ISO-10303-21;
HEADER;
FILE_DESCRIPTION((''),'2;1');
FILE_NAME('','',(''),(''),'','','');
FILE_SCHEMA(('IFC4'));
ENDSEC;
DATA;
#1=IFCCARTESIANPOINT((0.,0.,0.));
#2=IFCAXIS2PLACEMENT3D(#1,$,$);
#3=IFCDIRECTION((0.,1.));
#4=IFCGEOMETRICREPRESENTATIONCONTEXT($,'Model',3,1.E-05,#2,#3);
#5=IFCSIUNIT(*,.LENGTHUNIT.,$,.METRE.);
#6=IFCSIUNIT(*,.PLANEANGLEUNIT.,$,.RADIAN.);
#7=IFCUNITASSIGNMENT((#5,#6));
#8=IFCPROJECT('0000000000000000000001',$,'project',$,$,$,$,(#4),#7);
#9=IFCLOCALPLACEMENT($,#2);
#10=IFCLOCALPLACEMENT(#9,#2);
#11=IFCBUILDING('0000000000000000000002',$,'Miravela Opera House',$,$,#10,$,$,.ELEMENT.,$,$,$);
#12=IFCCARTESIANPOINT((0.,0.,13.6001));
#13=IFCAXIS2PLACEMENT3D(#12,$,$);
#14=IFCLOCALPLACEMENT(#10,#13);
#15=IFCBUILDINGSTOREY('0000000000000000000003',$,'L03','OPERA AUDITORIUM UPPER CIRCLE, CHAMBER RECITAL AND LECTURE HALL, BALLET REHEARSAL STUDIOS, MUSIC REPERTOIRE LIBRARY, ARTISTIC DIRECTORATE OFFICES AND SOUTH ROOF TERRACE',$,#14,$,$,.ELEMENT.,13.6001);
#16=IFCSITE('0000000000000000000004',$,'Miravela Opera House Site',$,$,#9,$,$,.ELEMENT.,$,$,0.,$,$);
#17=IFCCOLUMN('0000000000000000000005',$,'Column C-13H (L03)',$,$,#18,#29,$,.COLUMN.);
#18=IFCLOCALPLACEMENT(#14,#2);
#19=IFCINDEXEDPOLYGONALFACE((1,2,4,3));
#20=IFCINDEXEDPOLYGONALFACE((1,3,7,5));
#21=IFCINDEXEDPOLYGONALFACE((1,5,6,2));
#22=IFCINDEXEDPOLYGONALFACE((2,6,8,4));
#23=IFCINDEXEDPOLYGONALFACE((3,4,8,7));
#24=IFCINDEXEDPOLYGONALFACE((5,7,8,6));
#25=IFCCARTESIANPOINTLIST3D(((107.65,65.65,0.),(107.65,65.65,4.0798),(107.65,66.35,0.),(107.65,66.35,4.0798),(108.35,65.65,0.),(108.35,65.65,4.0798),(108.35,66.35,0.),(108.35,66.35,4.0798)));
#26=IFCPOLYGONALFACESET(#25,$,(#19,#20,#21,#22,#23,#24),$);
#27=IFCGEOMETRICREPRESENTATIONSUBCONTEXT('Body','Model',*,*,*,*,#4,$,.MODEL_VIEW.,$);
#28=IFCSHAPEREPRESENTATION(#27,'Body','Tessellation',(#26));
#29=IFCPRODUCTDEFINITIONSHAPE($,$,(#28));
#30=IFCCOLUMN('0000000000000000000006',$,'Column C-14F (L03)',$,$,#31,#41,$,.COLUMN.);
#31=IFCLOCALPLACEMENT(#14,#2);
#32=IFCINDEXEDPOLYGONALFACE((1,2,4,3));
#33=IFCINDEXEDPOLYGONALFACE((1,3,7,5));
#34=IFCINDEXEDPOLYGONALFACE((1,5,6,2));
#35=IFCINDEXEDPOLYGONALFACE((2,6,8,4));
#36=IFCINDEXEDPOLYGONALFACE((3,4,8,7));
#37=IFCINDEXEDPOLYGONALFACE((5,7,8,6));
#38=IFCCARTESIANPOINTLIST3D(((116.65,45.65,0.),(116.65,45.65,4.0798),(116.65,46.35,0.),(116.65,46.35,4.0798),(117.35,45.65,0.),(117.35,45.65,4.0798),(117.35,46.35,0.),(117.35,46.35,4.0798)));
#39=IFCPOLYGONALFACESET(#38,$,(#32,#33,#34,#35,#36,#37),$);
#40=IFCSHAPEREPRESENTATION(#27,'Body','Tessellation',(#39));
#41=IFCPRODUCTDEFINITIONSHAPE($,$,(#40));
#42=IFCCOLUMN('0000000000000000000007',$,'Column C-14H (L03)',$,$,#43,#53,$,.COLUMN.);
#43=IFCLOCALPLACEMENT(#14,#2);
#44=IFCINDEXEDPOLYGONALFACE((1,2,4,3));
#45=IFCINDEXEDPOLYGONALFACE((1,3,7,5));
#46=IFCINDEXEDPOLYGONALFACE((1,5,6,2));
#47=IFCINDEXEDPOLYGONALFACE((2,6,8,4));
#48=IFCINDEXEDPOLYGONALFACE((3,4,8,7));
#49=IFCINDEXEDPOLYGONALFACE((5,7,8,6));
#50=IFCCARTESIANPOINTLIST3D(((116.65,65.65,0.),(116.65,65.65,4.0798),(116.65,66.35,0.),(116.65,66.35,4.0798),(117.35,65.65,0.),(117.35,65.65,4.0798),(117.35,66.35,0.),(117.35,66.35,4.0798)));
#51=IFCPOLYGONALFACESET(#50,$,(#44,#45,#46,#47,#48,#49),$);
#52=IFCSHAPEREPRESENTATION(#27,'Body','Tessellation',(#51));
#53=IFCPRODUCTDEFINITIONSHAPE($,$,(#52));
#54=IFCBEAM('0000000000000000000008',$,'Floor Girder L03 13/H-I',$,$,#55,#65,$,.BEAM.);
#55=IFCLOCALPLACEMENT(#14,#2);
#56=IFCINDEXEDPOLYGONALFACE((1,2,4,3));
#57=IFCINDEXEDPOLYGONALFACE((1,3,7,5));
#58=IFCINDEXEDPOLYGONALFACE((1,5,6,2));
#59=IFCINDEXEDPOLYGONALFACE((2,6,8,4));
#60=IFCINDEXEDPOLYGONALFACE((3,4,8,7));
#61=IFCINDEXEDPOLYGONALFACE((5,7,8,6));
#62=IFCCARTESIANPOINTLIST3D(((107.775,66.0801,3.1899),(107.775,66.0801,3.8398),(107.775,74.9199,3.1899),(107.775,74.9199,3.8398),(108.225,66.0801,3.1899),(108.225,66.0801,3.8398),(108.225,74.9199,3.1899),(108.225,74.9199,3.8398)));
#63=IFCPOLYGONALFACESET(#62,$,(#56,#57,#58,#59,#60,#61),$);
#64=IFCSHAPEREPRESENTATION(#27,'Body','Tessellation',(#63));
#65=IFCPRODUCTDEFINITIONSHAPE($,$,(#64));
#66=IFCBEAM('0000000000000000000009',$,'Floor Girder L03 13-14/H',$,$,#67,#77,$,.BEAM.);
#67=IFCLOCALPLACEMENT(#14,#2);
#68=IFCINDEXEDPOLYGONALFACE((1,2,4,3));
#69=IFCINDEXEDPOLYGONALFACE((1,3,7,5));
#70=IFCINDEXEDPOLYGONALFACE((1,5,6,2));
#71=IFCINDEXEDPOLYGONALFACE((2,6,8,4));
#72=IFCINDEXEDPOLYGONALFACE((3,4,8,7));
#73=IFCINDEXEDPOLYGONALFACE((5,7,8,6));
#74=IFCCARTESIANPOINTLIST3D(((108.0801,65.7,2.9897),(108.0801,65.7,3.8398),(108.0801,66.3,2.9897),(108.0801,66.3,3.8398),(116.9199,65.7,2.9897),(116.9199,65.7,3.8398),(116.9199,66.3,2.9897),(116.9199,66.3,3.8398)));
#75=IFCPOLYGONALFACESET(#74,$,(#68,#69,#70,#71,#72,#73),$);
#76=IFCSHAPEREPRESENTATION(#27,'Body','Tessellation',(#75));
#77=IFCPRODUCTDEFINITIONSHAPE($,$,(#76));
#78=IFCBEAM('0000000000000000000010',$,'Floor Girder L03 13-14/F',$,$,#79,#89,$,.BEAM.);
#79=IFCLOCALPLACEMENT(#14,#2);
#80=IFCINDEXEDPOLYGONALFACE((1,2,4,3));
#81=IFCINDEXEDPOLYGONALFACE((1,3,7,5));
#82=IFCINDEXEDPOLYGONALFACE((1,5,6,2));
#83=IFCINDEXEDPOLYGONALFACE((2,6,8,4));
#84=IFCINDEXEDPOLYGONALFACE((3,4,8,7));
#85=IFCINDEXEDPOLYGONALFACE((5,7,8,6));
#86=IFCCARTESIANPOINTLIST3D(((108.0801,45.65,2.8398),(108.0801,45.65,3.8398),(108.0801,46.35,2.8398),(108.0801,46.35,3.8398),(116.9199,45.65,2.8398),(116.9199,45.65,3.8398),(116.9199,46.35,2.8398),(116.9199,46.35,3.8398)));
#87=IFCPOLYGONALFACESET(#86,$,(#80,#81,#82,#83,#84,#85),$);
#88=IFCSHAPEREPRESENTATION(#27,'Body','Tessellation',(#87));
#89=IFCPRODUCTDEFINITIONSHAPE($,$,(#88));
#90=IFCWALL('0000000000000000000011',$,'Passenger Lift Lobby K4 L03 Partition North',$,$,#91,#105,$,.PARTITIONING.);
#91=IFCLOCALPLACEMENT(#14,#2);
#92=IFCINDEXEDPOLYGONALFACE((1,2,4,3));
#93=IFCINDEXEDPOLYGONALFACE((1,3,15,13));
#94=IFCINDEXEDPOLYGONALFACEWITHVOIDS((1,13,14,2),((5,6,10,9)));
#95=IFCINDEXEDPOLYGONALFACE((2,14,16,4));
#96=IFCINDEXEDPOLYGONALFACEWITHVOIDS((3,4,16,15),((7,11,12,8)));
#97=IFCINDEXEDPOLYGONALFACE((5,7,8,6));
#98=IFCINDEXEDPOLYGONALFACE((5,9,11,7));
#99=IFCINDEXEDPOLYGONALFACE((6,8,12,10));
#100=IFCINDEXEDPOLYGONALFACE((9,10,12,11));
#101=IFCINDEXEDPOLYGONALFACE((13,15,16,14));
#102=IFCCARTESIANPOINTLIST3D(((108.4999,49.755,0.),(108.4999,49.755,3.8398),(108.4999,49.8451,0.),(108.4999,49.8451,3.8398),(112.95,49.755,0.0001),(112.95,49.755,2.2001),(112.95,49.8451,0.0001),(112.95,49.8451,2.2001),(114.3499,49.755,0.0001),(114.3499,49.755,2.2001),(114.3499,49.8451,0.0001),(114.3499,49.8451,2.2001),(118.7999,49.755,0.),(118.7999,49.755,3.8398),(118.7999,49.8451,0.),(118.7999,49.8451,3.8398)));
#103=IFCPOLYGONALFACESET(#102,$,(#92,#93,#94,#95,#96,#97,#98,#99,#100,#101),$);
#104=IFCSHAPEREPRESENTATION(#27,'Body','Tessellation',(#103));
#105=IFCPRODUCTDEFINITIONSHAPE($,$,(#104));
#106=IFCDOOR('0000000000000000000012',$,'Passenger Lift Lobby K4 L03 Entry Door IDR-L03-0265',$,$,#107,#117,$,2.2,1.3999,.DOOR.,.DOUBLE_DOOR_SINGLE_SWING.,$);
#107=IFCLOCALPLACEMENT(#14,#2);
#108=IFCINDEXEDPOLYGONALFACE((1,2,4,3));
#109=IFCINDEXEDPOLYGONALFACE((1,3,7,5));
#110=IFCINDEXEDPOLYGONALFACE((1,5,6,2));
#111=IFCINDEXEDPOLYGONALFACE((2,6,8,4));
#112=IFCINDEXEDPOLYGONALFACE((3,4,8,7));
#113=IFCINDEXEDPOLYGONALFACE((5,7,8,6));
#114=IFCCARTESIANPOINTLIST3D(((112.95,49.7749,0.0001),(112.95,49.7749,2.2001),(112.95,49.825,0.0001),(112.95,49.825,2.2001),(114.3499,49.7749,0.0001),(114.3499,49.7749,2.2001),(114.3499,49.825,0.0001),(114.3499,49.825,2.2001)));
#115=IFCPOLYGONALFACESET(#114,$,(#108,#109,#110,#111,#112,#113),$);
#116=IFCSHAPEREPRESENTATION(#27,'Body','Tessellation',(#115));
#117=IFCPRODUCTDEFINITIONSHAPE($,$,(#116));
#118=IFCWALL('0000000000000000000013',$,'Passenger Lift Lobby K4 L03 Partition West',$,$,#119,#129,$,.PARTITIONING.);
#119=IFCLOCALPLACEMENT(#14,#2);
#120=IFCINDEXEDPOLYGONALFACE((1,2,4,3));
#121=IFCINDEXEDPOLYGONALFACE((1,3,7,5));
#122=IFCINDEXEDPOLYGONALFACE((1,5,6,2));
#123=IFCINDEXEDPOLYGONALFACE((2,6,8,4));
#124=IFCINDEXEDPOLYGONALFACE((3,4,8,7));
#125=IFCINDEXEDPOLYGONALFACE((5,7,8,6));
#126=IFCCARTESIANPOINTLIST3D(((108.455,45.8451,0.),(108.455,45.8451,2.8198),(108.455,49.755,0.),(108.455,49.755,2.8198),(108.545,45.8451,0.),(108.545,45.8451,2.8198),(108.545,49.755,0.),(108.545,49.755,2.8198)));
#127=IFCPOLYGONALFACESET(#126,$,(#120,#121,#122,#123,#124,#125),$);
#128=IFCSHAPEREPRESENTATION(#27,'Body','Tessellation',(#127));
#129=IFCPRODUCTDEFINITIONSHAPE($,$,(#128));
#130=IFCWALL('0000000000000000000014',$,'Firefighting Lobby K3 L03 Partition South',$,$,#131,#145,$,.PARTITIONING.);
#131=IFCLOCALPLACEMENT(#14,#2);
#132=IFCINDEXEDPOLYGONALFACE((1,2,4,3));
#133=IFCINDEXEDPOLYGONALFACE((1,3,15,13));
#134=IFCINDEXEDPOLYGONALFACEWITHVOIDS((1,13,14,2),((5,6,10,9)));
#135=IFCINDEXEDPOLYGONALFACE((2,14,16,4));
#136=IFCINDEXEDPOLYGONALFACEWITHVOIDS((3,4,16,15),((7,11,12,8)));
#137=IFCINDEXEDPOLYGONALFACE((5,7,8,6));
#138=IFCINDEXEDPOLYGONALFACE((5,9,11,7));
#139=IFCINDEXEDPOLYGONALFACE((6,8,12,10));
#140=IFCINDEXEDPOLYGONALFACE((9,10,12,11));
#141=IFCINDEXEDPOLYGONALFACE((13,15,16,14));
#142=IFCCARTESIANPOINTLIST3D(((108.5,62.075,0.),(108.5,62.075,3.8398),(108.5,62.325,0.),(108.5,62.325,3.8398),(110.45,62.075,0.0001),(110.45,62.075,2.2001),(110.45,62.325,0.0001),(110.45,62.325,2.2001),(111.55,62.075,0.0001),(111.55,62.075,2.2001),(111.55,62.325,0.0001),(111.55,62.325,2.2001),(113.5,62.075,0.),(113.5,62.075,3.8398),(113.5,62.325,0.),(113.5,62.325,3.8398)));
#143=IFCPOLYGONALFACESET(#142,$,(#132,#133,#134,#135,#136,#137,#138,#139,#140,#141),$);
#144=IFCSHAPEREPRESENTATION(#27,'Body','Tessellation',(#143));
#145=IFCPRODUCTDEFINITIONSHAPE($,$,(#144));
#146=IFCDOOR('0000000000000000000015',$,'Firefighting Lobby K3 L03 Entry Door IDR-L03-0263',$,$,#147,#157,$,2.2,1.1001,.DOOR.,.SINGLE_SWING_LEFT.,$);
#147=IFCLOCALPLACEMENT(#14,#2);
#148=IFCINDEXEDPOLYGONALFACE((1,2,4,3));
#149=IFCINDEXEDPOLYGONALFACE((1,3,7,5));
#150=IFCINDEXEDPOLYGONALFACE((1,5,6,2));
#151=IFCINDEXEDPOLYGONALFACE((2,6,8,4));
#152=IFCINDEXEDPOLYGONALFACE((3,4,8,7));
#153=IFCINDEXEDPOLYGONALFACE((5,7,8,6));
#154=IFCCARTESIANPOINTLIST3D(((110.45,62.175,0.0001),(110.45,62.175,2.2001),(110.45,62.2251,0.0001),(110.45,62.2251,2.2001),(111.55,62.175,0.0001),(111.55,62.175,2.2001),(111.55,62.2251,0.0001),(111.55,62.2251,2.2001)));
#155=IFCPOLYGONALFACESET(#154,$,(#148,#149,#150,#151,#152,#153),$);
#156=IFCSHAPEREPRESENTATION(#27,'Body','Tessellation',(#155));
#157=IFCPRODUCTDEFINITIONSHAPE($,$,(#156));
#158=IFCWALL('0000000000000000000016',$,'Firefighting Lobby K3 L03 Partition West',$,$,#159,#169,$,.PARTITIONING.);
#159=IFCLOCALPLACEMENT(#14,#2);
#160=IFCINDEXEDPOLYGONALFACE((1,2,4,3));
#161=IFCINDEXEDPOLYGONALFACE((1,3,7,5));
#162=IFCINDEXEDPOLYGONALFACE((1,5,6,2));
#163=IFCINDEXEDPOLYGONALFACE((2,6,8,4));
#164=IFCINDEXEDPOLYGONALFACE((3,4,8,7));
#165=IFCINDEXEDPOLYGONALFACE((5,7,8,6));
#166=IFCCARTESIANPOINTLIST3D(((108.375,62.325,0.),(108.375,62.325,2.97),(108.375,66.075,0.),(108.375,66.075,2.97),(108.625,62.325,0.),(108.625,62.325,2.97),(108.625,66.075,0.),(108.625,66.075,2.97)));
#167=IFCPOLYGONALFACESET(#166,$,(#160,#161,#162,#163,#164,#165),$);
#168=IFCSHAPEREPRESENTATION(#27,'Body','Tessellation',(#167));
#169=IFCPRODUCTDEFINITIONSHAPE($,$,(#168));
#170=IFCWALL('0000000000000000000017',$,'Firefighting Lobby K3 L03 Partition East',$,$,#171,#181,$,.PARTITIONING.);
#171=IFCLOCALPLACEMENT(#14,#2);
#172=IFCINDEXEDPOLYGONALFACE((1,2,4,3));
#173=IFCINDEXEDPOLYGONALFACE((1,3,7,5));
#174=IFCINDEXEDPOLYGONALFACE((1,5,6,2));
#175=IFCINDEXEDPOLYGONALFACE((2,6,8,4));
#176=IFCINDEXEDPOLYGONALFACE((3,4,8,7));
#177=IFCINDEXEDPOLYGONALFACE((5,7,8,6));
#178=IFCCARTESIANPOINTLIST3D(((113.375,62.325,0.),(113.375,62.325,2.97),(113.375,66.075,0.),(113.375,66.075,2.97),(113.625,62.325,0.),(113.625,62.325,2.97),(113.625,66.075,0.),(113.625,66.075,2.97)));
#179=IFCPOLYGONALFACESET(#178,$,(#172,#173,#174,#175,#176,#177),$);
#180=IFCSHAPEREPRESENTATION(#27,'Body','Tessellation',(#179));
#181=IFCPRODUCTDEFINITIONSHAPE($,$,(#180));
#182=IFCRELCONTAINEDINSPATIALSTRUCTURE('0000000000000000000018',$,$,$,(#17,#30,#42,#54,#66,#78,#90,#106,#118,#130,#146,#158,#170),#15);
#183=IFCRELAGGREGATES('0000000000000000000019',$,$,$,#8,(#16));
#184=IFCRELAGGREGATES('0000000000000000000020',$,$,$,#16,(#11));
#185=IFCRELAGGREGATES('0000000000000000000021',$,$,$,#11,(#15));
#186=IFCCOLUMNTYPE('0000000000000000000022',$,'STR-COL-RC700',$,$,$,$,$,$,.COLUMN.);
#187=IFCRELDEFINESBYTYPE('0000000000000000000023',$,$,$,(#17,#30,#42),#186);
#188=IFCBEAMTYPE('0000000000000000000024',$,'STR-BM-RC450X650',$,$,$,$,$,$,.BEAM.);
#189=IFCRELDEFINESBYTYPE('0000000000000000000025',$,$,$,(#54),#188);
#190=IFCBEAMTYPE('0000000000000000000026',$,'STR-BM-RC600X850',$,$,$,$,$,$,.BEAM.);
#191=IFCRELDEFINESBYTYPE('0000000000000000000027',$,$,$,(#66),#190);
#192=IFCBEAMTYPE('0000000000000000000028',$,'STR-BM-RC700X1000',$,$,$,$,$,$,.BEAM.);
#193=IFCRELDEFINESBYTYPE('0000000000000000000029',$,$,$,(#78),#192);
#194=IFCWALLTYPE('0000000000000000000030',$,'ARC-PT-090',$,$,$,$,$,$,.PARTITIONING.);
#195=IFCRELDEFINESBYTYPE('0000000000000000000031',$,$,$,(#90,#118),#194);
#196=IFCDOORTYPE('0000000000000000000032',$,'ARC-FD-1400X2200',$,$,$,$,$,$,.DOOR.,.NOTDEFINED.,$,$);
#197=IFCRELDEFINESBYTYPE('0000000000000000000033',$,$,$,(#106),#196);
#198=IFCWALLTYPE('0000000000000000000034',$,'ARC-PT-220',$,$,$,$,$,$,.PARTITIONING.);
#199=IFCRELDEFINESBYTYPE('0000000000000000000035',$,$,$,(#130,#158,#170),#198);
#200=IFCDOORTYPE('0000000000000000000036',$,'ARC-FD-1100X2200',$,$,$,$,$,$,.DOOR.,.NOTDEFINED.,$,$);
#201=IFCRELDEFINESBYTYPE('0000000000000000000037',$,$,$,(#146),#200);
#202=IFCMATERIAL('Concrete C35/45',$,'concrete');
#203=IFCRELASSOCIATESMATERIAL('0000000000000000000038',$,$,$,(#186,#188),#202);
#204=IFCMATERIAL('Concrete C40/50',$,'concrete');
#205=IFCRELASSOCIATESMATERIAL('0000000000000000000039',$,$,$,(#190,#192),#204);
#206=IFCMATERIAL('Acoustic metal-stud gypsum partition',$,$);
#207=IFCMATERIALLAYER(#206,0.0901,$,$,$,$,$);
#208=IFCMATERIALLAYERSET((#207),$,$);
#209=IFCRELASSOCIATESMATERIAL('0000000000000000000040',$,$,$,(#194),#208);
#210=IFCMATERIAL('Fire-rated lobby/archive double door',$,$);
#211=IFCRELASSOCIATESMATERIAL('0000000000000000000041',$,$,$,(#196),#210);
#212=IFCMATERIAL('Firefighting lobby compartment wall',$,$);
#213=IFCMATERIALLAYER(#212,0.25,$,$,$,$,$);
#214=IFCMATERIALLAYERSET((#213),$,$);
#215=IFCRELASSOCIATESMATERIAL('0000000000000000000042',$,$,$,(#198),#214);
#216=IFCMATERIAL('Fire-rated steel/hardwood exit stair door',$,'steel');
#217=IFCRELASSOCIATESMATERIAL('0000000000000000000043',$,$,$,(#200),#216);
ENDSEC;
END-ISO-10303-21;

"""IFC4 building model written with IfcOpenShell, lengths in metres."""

from ifc_helpers import new_model, si_unit, direction, frame, frame_2d, origin, origin_2d, place, context, subcontext, project, spatial, rectangle, extrude, material, layer, layer_set, material_profile, profile_set, type_object, element, fill, save


model = new_model("IFC4")

# Units and contexts
model_context = context("Model", 3, precision=1e-05, world=origin(), true_north=direction((0.0, 1.0)))
body_context = subcontext(model_context, "Body", "Model", "MODEL_VIEW")
ifc_project = project(units=[si_unit("LENGTHUNIT", "METRE"), si_unit("PLANEANGLEUNIT", "RADIAN")], contexts=[model_context])

# Site, building, storey
site_placement = place(None, origin())
site = spatial("IfcSite", under=ifc_project, at=site_placement, Name="Miravela Opera House Site", CompositionType="ELEMENT", RefElevation=0.0)
building_placement = place(site_placement, origin())
building = spatial("IfcBuilding", under=site, at=building_placement, Name="Miravela Opera House", CompositionType="ELEMENT")
storey_placement = place(building_placement, frame((0.0, 0.0, 13.6001)))
storey = spatial("IfcBuildingStorey", under=building, at=storey_placement, Name="L03", Description="OPERA AUDITORIUM UPPER CIRCLE, CHAMBER RECITAL AND LECTURE HALL, BALLET REHEARSAL STUDIOS, MUSIC REPERTOIRE LIBRARY, ARTISTIC DIRECTORATE OFFICES AND SOUTH ROOF TERRACE", CompositionType="ELEMENT", Elevation=13.6001)

# Columns
ifc_material_1 = material(Name="Concrete C35/45", Category="concrete")
ifc_material_profile_1 = material_profile(ifc_material_1, rectangle(XDim=0.7, YDim=0.7, at=origin_2d()), Name="RC-COL-700X700")
ifc_profile_set_1 = profile_set([ifc_material_profile_1])
column_type = type_object("IfcColumnType", Name="STR-COL-RC700", PredefinedType="COLUMN", material=ifc_profile_set_1)
for number, where, z_axis, x_axis, name in (
    (1, (108.0, 66.0, 0.0), (0.0, 0.0, 1.0), (1.0, 0.0, 0.0), "Column C-13H (L03)"),
    (2, (117.0, 46.0, 0.0), (0.0, 0.0, 1.0), (1.0, 0.0, 0.0), "Column C-14F (L03)"),
    (3, (117.0, 66.0, 0.0), (0.0, 0.0, 1.0), (1.0, 0.0, 0.0), "Column C-14H (L03)"),
):
    element("IfcColumn", number, at=place(storey_placement, frame(where, z_axis=z_axis, x_axis=x_axis)), inside=storey, type_object=column_type, Name=name, PredefinedType="COLUMN", context=body_context, shape_type="SweptSolid", body=[
        extrude(rectangle(XDim=0.7, YDim=0.7, at=origin_2d()), origin(), (0.0, 0.0, 1.0), 4.0798),
    ])

# Beams
ifc_material_profile_2 = material_profile(ifc_material_1, rectangle(XDim=0.45, YDim=0.6499, at=origin_2d()), Name="RC-BM-450X650")
ifc_profile_set_2 = profile_set([ifc_material_profile_2])
beam_type_1 = type_object("IfcBeamType", Name="STR-BM-RC450X650", PredefinedType="BEAM", material=ifc_profile_set_2)
beam_1_placement = place(storey_placement, frame((108.0, 66.0801, 3.5149), z_axis=(0.0, 1.0, 0.0), x_axis=(-1.0, 0.0, 0.0)))
element("IfcBeam", 4, at=beam_1_placement, inside=storey, type_object=beam_type_1, Name="Floor Girder L03 13/H-I", PredefinedType="BEAM", context=body_context, shape_type="SweptSolid", body=[
    extrude(rectangle(XDim=0.45, YDim=0.6499, at=origin_2d()), origin(), (0.0, 0.0, 1.0), 8.8398),
])
ifc_material_2 = material(Name="Concrete C40/50", Category="concrete")
ifc_material_profile_3 = material_profile(ifc_material_2, rectangle(XDim=0.6001, YDim=0.8501, at=origin_2d()), Name="RC-BM-600X850")
ifc_profile_set_3 = profile_set([ifc_material_profile_3])
beam_type_2 = type_object("IfcBeamType", Name="STR-BM-RC600X850", PredefinedType="BEAM", material=ifc_profile_set_3)
beam_2_placement = place(storey_placement, frame((108.0801, 66.0, 3.4148), z_axis=(1.0, 0.0, 0.0), x_axis=(0.0, 1.0, 0.0)))
element("IfcBeam", 5, at=beam_2_placement, inside=storey, type_object=beam_type_2, Name="Floor Girder L03 13-14/H", PredefinedType="BEAM", context=body_context, shape_type="SweptSolid", body=[
    extrude(rectangle(XDim=0.6001, YDim=0.8501, at=origin_2d()), origin(), (0.0, 0.0, 1.0), 8.8398),
])
ifc_material_profile_4 = material_profile(ifc_material_2, rectangle(XDim=0.7, YDim=1.0, at=origin_2d()), Name="RC-BM-700X1000")
ifc_profile_set_4 = profile_set([ifc_material_profile_4])
beam_type_3 = type_object("IfcBeamType", Name="STR-BM-RC700X1000", PredefinedType="BEAM", material=ifc_profile_set_4)
beam_3_placement = place(storey_placement, frame((108.0801, 46.0, 3.3398), z_axis=(1.0, 0.0, 0.0), x_axis=(0.0, 1.0, 0.0)))
element("IfcBeam", 6, at=beam_3_placement, inside=storey, type_object=beam_type_3, Name="Floor Girder L03 13-14/F", PredefinedType="BEAM", context=body_context, shape_type="SweptSolid", body=[
    extrude(rectangle(XDim=0.7, YDim=1.0, at=origin_2d()), origin(), (0.0, 0.0, 1.0), 8.8398),
])

# Wall, opening, door
ifc_material_3 = material(Name="Acoustic metal-stud gypsum partition")
ifc_layer_1 = layer(ifc_material_3, 0.0901)
ifc_layer_set_1 = layer_set([ifc_layer_1])
wall_type_1 = type_object("IfcWallType", Name="ARC-PT-090", PredefinedType="PARTITIONING", material=ifc_layer_set_1)
wall_1_placement = place(storey_placement, frame((108.5, 49.8, 0.0), z_axis=(0.0, 0.0, 1.0), x_axis=(1.0, 0.0, 0.0)))
wall_1 = element("IfcWall", 7, at=wall_1_placement, inside=storey, type_object=wall_type_1, Name="Passenger Lift Lobby K4 L03 Partition North", PredefinedType="PARTITIONING", context=body_context, shape_type="SweptSolid", body=[
    extrude(rectangle(XDim=10.3, YDim=0.0901, at=frame_2d((5.1499, 0.0))), origin(), (0.0, 0.0, 1.0), 3.8398),
])
opening_1_placement = place(wall_1_placement, frame((4.45, 0.0, 0.0)))
opening_1 = element("IfcOpeningElement", 8, at=opening_1_placement, cuts=wall_1, PredefinedType="OPENING", context=body_context, shape_type="SweptSolid", body=[
    extrude(rectangle(XDim=1.3999, YDim=2.2, at=frame_2d((0.7, 1.1001))), frame((0.0, 0.0549, 0.0), z_axis=(0.0, -1.0, 0.0), x_axis=(1.0, 0.0, 0.0)), (0.0, 0.0, 1.0), 0.1101),
])
ifc_material_4 = material(Name="Fire-rated lobby/archive double door")
door_type_1 = type_object("IfcDoorType", Name="ARC-FD-1400X2200", OperationType="NOTDEFINED", PredefinedType="DOOR", material=ifc_material_4)
door_1_placement = place(opening_1_placement, origin())
door_1 = element("IfcDoor", 9, at=door_1_placement, inside=storey, type_object=door_type_1, Name="Passenger Lift Lobby K4 L03 Entry Door IDR-L03-0265", OperationType="DOUBLE_DOOR_SINGLE_SWING", OverallHeight=2.2, OverallWidth=1.3999, PredefinedType="DOOR", context=body_context, shape_type="SweptSolid", body=[
    extrude(rectangle(XDim=1.3999, YDim=2.2, at=frame_2d((0.7, 1.1001))), frame((0.0, 0.0249, 0.0), z_axis=(0.0, -1.0, 0.0), x_axis=(1.0, 0.0, 0.0)), (0.0, 0.0, 1.0), 0.05),
])
fill(opening_1, door_1)

# Wall
wall_2_placement = place(storey_placement, frame((108.5, 45.845, 0.0), z_axis=(0.0, 0.0, 1.0), x_axis=(0.0, 1.0, 0.0)))
element("IfcWall", 10, at=wall_2_placement, inside=storey, type_object=wall_type_1, Name="Passenger Lift Lobby K4 L03 Partition West", PredefinedType="PARTITIONING", context=body_context, shape_type="SweptSolid", body=[
    extrude(rectangle(XDim=3.9099, YDim=0.0901, at=frame_2d((1.9551, 0.0))), origin(), (0.0, 0.0, 1.0), 2.8198),
])

# Wall, opening, door
ifc_material_5 = material(Name="Firefighting lobby compartment wall")
ifc_layer_2 = layer(ifc_material_5, 0.25)
ifc_layer_set_2 = layer_set([ifc_layer_2])
wall_type_2 = type_object("IfcWallType", Name="ARC-PT-220", PredefinedType="PARTITIONING", material=ifc_layer_set_2)
wall_3_placement = place(storey_placement, frame((108.5, 62.2, 0.0), z_axis=(0.0, 0.0, 1.0), x_axis=(1.0, 0.0, 0.0)))
wall_3 = element("IfcWall", 11, at=wall_3_placement, inside=storey, type_object=wall_type_2, Name="Firefighting Lobby K3 L03 Partition South", PredefinedType="PARTITIONING", context=body_context, shape_type="SweptSolid", body=[
    extrude(rectangle(XDim=5.0, YDim=0.25, at=frame_2d((2.5, 0.0))), origin(), (0.0, 0.0, 1.0), 3.8398),
])
opening_2_placement = place(wall_3_placement, frame((1.95, 0.0, 0.0)))
opening_2 = element("IfcOpeningElement", 12, at=opening_2_placement, cuts=wall_3, PredefinedType="OPENING", context=body_context, shape_type="SweptSolid", body=[
    extrude(rectangle(XDim=1.1001, YDim=2.2, at=frame_2d((0.55, 1.1001))), frame((0.0, 0.135, 0.0), z_axis=(0.0, -1.0, 0.0), x_axis=(1.0, 0.0, 0.0)), (0.0, 0.0, 1.0), 0.27),
])
ifc_material_6 = material(Name="Fire-rated steel/hardwood exit stair door", Category="steel")
door_type_2 = type_object("IfcDoorType", Name="ARC-FD-1100X2200", OperationType="NOTDEFINED", PredefinedType="DOOR", material=ifc_material_6)
door_2_placement = place(opening_2_placement, frame((1.1001, 0.0, 0.0), z_axis=(0.0, 0.0, 1.0), x_axis=(-1.0, 0.0, 0.0)))
door_2 = element("IfcDoor", 13, at=door_2_placement, inside=storey, type_object=door_type_2, Name="Firefighting Lobby K3 L03 Entry Door IDR-L03-0263", OperationType="SINGLE_SWING_LEFT", OverallHeight=2.2, OverallWidth=1.1001, PredefinedType="DOOR", context=body_context, shape_type="SweptSolid", body=[
    extrude(rectangle(XDim=1.1001, YDim=2.2, at=frame_2d((0.55, 1.1001))), frame((0.0, 0.0249, 0.0), z_axis=(0.0, -1.0, 0.0), x_axis=(1.0, 0.0, 0.0)), (0.0, 0.0, 1.0), 0.05),
])
fill(opening_2, door_2)

# Walls
for number, where, z_axis, x_axis, name in (
    (14, (108.5, 62.325, 0.0), (0.0, 0.0, 1.0), (0.0, 1.0, 0.0), "Firefighting Lobby K3 L03 Partition West"),
    (15, (113.5, 62.325, 0.0), (0.0, 0.0, 1.0), (0.0, 1.0, 0.0), "Firefighting Lobby K3 L03 Partition East"),
):
    element("IfcWall", number, at=place(storey_placement, frame(where, z_axis=z_axis, x_axis=x_axis)), inside=storey, type_object=wall_type_2, Name=name, PredefinedType="PARTITIONING", context=body_context, shape_type="SweptSolid", body=[
        extrude(rectangle(XDim=3.75, YDim=0.25, at=frame_2d((1.875, 0.0))), origin(), (0.0, 0.0, 1.0), 2.97),
    ])

save(model, "model.ifc")
